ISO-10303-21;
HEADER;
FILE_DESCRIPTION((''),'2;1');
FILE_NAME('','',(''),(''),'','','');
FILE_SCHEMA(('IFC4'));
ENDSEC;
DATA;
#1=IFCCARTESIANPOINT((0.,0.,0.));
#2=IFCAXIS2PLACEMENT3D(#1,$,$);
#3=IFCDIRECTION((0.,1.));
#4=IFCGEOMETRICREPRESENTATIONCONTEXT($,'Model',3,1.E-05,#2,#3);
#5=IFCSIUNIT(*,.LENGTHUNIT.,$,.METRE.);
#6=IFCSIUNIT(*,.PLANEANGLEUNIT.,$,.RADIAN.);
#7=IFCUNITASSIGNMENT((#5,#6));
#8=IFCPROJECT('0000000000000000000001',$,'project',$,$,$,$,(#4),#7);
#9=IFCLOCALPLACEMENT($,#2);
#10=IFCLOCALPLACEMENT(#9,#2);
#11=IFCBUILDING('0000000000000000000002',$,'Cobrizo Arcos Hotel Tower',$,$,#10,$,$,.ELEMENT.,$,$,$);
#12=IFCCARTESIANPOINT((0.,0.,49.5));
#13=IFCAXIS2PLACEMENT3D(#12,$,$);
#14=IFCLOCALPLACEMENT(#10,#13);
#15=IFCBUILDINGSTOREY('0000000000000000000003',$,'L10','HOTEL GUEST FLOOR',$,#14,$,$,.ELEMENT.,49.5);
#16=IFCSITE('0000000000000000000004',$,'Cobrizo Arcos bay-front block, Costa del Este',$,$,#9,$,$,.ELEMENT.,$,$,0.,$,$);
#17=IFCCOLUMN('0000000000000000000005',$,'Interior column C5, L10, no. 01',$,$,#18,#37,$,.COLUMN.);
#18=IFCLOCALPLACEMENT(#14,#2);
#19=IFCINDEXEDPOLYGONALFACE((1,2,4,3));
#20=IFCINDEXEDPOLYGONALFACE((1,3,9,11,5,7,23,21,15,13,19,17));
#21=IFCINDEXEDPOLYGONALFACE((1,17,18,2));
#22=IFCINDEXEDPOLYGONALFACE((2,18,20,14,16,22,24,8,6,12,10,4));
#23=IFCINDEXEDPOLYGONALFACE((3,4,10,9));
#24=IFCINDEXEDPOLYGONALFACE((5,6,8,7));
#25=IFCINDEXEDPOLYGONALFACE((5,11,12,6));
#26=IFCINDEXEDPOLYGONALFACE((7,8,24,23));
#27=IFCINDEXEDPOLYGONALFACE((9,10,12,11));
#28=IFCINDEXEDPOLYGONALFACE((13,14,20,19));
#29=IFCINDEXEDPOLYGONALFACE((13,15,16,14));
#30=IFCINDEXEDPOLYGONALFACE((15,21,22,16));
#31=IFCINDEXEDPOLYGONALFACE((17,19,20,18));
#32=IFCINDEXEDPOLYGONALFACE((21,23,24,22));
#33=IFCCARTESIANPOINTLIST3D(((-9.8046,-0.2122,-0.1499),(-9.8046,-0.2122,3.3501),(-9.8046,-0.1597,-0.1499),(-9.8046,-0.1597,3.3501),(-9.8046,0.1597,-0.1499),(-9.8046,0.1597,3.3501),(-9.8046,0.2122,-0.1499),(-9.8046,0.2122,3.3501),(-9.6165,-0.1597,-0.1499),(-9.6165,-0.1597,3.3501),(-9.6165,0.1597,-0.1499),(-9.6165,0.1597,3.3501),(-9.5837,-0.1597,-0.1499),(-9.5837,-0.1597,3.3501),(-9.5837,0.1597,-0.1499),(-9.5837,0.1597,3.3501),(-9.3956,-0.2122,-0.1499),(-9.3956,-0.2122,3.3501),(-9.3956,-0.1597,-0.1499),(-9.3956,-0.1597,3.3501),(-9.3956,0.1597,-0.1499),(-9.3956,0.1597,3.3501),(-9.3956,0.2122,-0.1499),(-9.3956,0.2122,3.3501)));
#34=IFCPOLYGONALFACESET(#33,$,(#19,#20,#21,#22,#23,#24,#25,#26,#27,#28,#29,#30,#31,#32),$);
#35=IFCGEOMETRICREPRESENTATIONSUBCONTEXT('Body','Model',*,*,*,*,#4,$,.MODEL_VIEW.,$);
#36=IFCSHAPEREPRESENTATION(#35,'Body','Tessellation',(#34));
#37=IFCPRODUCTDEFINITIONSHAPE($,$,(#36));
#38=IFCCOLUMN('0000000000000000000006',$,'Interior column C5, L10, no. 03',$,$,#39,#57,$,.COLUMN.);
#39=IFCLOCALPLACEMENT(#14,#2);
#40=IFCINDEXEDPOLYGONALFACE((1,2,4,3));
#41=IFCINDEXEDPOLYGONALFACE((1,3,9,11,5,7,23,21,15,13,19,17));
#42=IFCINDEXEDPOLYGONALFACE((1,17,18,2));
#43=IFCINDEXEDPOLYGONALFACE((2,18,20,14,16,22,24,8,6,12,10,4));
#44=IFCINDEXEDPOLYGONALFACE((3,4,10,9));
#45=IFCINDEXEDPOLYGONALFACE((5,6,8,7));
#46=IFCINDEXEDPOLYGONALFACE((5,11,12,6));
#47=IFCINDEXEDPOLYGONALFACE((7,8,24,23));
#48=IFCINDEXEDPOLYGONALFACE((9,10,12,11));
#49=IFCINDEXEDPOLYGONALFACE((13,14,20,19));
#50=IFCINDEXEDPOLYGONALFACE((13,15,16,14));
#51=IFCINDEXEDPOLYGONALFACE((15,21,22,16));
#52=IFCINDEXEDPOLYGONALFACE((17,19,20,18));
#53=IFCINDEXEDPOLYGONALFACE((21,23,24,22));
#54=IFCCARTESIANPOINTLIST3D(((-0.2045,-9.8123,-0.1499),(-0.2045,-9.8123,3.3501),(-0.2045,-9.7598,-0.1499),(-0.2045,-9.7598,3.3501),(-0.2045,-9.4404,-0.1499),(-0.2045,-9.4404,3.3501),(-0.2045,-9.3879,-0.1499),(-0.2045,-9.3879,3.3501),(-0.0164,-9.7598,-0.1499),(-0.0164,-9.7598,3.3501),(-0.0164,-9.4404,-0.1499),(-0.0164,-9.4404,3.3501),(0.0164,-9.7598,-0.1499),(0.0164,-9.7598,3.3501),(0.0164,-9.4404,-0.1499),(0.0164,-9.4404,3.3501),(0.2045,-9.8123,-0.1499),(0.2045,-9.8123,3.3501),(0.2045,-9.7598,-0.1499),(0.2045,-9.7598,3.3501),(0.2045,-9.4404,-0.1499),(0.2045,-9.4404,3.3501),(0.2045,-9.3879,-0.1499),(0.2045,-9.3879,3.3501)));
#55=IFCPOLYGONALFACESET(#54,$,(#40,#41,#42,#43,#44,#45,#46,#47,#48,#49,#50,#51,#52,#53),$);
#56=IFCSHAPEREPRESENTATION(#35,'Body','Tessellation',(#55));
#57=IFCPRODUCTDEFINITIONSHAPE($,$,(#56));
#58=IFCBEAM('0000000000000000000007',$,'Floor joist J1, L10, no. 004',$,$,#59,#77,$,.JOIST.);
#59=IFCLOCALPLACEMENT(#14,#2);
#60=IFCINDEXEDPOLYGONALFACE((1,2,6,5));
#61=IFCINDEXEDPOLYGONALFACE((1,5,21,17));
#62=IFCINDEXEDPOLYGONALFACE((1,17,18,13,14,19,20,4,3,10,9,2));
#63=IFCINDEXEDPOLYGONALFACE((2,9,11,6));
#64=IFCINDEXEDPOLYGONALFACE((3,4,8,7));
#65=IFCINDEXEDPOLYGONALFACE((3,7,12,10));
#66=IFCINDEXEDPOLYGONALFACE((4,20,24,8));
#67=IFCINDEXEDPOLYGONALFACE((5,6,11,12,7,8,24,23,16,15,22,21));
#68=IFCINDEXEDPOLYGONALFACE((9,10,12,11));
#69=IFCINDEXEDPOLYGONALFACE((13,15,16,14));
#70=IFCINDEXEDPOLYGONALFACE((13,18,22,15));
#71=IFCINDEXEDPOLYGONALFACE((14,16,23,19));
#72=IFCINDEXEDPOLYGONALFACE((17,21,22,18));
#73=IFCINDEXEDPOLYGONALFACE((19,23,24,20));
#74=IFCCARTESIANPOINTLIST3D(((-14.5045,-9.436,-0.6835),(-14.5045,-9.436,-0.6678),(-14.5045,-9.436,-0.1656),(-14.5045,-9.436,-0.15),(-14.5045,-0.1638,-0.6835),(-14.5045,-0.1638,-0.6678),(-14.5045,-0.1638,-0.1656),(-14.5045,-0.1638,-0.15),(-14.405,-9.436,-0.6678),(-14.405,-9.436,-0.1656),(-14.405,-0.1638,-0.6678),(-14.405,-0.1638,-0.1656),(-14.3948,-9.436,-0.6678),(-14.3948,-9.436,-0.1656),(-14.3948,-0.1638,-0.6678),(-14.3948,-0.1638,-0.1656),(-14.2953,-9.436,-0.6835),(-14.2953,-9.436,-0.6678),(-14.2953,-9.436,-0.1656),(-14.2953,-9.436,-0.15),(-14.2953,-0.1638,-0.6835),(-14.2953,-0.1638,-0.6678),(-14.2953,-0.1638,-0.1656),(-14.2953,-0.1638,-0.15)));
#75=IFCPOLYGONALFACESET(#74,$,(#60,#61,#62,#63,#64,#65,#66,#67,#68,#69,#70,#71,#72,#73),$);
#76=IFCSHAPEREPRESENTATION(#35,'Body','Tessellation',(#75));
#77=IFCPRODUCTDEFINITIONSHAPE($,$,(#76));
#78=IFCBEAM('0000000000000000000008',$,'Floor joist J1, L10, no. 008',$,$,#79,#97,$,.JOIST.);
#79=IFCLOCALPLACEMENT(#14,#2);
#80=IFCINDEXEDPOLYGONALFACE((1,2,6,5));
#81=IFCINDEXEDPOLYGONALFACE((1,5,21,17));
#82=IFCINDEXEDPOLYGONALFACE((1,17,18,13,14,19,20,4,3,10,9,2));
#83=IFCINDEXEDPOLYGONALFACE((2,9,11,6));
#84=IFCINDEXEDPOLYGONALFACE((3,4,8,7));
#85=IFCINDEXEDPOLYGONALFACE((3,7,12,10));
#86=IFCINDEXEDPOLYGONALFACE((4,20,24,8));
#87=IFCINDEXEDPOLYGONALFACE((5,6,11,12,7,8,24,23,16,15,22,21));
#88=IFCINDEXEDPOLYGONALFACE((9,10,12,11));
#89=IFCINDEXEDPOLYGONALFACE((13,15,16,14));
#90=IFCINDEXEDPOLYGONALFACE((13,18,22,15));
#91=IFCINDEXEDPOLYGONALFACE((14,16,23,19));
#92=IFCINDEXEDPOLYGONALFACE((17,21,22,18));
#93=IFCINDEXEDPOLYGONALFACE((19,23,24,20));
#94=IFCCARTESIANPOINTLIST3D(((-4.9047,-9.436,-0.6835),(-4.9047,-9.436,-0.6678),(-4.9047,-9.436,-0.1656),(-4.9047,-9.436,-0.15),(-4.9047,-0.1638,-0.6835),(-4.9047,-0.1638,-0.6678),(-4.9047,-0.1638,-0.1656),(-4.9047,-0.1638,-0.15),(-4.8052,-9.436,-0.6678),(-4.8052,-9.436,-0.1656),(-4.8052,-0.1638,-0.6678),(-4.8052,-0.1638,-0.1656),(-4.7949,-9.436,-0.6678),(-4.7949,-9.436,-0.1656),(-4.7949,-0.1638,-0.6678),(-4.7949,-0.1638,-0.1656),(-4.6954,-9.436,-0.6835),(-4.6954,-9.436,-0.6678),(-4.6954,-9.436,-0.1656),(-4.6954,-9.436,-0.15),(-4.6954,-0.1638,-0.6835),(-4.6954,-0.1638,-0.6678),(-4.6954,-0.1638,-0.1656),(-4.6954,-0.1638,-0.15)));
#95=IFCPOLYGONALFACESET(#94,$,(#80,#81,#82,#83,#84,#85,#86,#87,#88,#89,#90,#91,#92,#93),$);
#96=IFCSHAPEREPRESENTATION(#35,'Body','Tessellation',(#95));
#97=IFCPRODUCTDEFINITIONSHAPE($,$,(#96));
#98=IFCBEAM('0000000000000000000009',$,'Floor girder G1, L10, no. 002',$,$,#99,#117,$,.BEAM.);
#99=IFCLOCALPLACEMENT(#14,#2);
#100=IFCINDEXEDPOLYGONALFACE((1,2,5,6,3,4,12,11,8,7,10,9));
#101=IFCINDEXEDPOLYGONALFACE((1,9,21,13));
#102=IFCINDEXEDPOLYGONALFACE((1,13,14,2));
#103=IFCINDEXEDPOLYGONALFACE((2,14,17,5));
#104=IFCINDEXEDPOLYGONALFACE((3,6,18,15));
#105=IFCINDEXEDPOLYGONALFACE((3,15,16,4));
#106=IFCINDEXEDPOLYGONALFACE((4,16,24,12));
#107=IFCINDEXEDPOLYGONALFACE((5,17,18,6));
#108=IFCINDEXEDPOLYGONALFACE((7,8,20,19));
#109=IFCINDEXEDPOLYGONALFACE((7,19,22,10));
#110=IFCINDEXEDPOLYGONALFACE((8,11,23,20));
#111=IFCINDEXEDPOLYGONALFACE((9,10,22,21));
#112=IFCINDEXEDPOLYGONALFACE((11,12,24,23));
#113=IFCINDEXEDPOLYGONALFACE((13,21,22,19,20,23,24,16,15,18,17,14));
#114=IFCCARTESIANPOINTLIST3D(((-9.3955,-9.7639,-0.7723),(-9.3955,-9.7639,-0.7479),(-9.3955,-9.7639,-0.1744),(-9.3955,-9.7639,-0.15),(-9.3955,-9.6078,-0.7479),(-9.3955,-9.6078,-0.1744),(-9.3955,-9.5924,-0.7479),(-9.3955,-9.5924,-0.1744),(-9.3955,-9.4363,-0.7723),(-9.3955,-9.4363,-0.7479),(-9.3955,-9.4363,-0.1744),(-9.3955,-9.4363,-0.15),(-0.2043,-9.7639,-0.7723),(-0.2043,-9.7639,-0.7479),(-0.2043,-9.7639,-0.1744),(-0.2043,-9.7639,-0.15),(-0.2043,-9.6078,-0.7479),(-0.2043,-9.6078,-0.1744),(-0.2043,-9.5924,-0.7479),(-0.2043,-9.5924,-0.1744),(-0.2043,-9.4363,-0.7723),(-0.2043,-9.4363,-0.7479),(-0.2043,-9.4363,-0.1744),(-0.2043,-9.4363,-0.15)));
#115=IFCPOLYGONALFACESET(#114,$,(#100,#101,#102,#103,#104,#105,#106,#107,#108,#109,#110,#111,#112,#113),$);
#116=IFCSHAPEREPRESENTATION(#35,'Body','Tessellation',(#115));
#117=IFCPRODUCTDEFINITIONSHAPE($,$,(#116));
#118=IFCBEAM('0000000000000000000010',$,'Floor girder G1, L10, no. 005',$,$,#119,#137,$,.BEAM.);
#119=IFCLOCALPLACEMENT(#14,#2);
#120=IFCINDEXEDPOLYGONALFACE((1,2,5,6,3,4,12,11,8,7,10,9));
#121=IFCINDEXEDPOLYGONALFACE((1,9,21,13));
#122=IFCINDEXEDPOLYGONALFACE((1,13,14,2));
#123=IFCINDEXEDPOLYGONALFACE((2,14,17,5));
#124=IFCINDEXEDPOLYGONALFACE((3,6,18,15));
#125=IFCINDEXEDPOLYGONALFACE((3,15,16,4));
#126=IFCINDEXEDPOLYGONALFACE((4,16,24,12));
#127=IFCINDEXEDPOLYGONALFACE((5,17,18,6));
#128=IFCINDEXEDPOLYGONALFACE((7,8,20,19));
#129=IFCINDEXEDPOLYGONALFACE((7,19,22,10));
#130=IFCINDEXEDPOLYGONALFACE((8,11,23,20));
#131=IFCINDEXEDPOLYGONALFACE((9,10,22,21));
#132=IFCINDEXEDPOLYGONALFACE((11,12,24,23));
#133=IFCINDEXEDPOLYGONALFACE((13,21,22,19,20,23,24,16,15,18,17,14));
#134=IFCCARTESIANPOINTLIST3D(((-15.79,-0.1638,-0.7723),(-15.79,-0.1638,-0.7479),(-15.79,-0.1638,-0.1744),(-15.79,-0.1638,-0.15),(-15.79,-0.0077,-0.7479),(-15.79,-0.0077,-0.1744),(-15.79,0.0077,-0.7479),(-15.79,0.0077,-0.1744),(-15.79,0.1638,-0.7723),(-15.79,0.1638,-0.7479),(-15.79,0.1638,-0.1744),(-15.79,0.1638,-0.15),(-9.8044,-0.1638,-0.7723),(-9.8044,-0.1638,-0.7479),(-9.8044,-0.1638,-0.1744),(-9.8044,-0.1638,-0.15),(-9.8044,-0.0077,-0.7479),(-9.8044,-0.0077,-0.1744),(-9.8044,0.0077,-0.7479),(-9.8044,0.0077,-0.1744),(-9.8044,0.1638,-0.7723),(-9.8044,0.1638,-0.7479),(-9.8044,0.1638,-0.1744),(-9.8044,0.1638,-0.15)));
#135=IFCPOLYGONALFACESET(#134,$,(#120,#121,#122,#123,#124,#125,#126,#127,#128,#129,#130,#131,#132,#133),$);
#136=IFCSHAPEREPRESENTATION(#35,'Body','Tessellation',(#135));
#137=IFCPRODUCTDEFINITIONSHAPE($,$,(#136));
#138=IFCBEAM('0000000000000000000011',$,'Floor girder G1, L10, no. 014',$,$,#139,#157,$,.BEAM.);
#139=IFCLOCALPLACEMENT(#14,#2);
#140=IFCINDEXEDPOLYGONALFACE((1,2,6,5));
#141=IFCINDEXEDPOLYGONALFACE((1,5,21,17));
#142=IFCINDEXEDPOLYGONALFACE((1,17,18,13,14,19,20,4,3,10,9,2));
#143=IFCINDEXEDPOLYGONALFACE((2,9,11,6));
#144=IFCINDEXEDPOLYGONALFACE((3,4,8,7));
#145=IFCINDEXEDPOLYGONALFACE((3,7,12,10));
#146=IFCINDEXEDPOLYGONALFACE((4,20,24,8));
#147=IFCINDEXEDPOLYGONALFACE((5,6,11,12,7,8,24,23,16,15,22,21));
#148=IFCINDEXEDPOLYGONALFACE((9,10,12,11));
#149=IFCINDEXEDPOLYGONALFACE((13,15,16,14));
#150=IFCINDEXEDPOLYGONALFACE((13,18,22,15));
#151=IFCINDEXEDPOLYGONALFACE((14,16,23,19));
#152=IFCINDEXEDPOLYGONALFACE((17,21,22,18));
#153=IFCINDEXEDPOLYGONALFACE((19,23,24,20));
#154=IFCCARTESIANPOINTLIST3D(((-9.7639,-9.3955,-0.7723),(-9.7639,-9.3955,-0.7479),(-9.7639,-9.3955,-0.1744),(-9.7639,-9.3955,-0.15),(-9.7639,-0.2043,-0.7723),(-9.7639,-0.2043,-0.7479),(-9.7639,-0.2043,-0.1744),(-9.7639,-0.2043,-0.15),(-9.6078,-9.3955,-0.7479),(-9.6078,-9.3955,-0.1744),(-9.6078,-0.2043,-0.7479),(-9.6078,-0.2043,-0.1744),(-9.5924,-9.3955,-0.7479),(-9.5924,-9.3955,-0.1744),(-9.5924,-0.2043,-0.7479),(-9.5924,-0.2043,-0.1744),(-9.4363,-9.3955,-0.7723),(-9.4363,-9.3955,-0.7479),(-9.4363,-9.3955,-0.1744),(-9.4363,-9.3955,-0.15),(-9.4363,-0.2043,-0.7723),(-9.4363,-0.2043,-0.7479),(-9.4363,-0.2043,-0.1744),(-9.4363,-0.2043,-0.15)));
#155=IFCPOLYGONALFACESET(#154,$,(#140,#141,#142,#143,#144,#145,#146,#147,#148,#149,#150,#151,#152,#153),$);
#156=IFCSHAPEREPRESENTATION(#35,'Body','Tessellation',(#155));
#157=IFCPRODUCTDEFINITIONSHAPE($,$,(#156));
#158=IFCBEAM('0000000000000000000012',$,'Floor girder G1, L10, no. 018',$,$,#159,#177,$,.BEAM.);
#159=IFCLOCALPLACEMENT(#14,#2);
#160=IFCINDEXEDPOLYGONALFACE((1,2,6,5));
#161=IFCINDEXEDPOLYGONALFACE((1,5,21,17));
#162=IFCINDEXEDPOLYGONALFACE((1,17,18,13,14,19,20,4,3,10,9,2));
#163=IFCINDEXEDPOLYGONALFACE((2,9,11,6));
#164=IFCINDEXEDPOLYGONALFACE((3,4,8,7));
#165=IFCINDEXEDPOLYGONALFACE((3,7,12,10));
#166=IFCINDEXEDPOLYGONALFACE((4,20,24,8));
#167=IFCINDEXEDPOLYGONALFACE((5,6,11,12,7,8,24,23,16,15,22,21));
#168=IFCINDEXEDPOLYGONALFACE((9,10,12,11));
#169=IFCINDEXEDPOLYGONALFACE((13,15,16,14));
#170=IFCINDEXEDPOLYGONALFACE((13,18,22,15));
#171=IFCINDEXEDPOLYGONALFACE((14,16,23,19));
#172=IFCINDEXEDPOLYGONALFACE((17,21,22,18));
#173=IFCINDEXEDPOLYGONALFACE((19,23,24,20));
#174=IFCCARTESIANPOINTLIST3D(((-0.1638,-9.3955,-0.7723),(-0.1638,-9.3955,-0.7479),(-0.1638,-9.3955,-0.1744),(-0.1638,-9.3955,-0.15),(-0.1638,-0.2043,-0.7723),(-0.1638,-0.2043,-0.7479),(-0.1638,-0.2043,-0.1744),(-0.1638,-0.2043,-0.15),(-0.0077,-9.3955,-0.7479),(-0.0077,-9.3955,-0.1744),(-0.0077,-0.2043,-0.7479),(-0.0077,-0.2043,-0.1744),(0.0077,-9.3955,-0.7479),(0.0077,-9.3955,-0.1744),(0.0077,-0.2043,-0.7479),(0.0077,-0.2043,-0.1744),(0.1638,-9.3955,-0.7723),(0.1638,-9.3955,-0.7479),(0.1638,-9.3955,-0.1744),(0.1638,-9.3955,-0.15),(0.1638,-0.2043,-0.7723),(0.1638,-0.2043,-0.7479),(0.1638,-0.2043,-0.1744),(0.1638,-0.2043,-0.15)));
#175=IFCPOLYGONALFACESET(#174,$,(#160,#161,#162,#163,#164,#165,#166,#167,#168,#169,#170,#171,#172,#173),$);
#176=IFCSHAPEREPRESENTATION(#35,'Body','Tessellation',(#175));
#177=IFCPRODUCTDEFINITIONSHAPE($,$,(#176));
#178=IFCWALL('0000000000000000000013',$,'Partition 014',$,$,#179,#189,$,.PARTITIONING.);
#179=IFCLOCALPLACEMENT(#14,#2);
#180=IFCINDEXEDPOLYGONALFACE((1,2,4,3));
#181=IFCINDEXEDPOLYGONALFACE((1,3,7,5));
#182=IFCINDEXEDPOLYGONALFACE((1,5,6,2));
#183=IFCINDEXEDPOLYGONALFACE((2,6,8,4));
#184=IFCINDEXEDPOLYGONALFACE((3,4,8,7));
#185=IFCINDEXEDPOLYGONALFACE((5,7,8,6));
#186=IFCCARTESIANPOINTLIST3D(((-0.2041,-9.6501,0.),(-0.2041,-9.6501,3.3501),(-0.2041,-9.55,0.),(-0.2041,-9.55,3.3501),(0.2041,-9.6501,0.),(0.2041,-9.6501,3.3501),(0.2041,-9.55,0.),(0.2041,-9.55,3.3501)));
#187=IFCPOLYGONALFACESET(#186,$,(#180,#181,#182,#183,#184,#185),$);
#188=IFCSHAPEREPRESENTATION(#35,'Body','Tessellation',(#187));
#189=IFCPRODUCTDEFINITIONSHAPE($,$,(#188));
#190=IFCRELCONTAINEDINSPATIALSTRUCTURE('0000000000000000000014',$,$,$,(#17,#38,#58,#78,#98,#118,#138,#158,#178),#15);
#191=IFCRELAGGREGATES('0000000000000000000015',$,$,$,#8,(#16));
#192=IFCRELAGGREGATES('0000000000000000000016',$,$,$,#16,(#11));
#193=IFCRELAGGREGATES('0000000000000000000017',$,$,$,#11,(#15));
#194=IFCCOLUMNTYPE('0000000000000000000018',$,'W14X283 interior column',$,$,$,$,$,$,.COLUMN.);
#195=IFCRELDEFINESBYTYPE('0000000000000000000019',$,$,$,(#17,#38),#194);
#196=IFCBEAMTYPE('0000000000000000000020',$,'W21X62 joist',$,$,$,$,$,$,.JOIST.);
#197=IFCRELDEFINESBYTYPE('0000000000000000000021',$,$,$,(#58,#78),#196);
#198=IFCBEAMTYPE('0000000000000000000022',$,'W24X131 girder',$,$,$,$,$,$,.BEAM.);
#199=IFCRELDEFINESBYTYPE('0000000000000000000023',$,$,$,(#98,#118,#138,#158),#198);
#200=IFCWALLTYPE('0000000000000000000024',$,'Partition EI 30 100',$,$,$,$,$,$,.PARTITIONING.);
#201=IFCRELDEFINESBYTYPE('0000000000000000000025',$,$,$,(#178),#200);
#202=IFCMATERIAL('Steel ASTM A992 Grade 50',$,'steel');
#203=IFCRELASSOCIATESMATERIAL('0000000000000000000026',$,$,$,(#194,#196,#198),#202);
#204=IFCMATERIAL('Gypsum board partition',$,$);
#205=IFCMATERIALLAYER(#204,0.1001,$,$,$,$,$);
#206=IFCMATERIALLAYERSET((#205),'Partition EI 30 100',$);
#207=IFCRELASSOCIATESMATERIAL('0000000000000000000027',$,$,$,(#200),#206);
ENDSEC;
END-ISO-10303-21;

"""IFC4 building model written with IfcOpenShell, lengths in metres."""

from ifc_helpers import new_model, si_unit, direction, frame, frame_2d, origin, origin_2d, place, context, subcontext, project, spatial, rectangle, i_section, extrude, material, layer, layer_set, material_profile, profile_set, type_object, element, save


model = new_model("IFC4")

# Units and contexts
model_context = context("Model", 3, precision=1e-05, world=origin(), true_north=direction((0.0, 1.0)))
body_context = subcontext(model_context, "Body", "Model", "MODEL_VIEW")
ifc_project = project(units=[si_unit("LENGTHUNIT", "METRE"), si_unit("PLANEANGLEUNIT", "RADIAN")], contexts=[model_context])

# Site, building, storey
site_placement = place(None, origin())
site = spatial("IfcSite", under=ifc_project, at=site_placement, Name="Cobrizo Arcos bay-front block, Costa del Este", CompositionType="ELEMENT", RefElevation=0.0)
building_placement = place(site_placement, origin())
building = spatial("IfcBuilding", under=site, at=building_placement, Name="Cobrizo Arcos Hotel Tower", CompositionType="ELEMENT")
storey_placement = place(building_placement, frame((0.0, 0.0, 49.5)))
storey = spatial("IfcBuildingStorey", under=building, at=storey_placement, Name="L10", Description="HOTEL GUEST FLOOR", CompositionType="ELEMENT", Elevation=49.5)

# Columns
ifc_material_1 = material(Name="Steel ASTM A992 Grade 50", Category="steel")
ifc_material_profile_1 = material_profile(ifc_material_1, i_section(OverallWidth=0.4089, OverallDepth=0.4243, WebThickness=0.0327, FlangeThickness=0.0525, at=origin_2d()), Name="W14X283")
ifc_profile_set_1 = profile_set([ifc_material_profile_1], Name="Steel ASTM A992 Grade 50")
column_type = type_object("IfcColumnType", Name="W14X283 interior column", PredefinedType="COLUMN", material=ifc_profile_set_1)
for number, where, z_axis, x_axis, name in (
    (1, (-9.6001, 0.0, -0.1499), (0.0, 0.0, 1.0), (1.0, 0.0, 0.0), "Interior column C5, L10, no. 01"),
    (2, (0.0, -9.6001, -0.1499), (0.0, 0.0, 1.0), (1.0, 0.0, 0.0), "Interior column C5, L10, no. 03"),
):
    element("IfcColumn", number, at=place(storey_placement, frame(where, z_axis=z_axis, x_axis=x_axis)), inside=storey, type_object=column_type, Name=name, PredefinedType="COLUMN", context=body_context, shape_type="SweptSolid", body=[
        extrude(i_section(OverallWidth=0.4089, OverallDepth=0.4243, WebThickness=0.0327, FlangeThickness=0.0525, at=origin_2d()), origin(), (0.0, 0.0, 1.0), 3.5),
    ])

# Beams
ifc_material_profile_2 = material_profile(ifc_material_1, i_section(OverallWidth=0.2092, OverallDepth=0.5334, WebThickness=0.0103, FlangeThickness=0.0156, at=origin_2d()), Name="W21X62")
ifc_profile_set_2 = profile_set([ifc_material_profile_2], Name="Steel ASTM A992 Grade 50")
beam_type_1 = type_object("IfcBeamType", Name="W21X62 joist", PredefinedType="JOIST", material=ifc_profile_set_2)
for number, where, z_axis, x_axis, name in (
    (3, (-14.3999, -9.436, -0.4167), (0.0, 1.0, 0.0), (-1.0, 0.0, 0.0), "Floor joist J1, L10, no. 004"),
    (4, (-4.8, -9.436, -0.4167), (0.0, 1.0, 0.0), (-1.0, 0.0, 0.0), "Floor joist J1, L10, no. 008"),
):
    element("IfcBeam", number, at=place(storey_placement, frame(where, z_axis=z_axis, x_axis=x_axis)), inside=storey, type_object=beam_type_1, Name=name, PredefinedType="JOIST", context=body_context, shape_type="SweptSolid", body=[
        extrude(i_section(OverallWidth=0.2092, OverallDepth=0.5334, WebThickness=0.0103, FlangeThickness=0.0156, at=origin_2d()), origin(), (0.0, 0.0, 1.0), 9.2722),
    ])
ifc_material_profile_3 = material_profile(ifc_material_1, i_section(OverallWidth=0.3276, OverallDepth=0.6223, WebThickness=0.0154, FlangeThickness=0.0244, at=origin_2d()), Name="W24X131")
ifc_profile_set_3 = profile_set([ifc_material_profile_3], Name="Steel ASTM A992 Grade 50")
beam_type_2 = type_object("IfcBeamType", Name="W24X131 girder", PredefinedType="BEAM", material=ifc_profile_set_3)
beam_1_placement = place(storey_placement, frame((-9.3955, -9.6001, -0.4612), z_axis=(1.0, 0.0, 0.0), x_axis=(0.0, 1.0, 0.0)))
element("IfcBeam", 5, at=beam_1_placement, inside=storey, type_object=beam_type_2, Name="Floor girder G1, L10, no. 002", PredefinedType="BEAM", context=body_context, shape_type="SweptSolid", body=[
    extrude(i_section(OverallWidth=0.3276, OverallDepth=0.6223, WebThickness=0.0154, FlangeThickness=0.0244, at=origin_2d()), origin(), (0.0, 0.0, 1.0), 9.1912),
])
beam_2_placement = place(storey_placement, frame((-15.79, 0.0, -0.4612), z_axis=(1.0, 0.0, 0.0), x_axis=(0.0, 1.0, 0.0)))
element("IfcBeam", 6, at=beam_2_placement, inside=storey, type_object=beam_type_2, Name="Floor girder G1, L10, no. 005", PredefinedType="BEAM", context=body_context, shape_type="SweptSolid", body=[
    extrude(i_section(OverallWidth=0.3276, OverallDepth=0.6223, WebThickness=0.0154, FlangeThickness=0.0244, at=origin_2d()), origin(), (0.0, 0.0, 1.0), 5.9856),
])
for number, where, z_axis, x_axis, name in (
    (7, (-9.6001, -9.3955, -0.4612), (0.0, 1.0, 0.0), (-1.0, 0.0, 0.0), "Floor girder G1, L10, no. 014"),
    (8, (0.0, -9.3955, -0.4612), (0.0, 1.0, 0.0), (-1.0, 0.0, 0.0), "Floor girder G1, L10, no. 018"),
):
    element("IfcBeam", number, at=place(storey_placement, frame(where, z_axis=z_axis, x_axis=x_axis)), inside=storey, type_object=beam_type_2, Name=name, PredefinedType="BEAM", context=body_context, shape_type="SweptSolid", body=[
        extrude(i_section(OverallWidth=0.3276, OverallDepth=0.6223, WebThickness=0.0154, FlangeThickness=0.0244, at=origin_2d()), origin(), (0.0, 0.0, 1.0), 9.1912),
    ])

# Wall
ifc_material_2 = material(Name="Gypsum board partition")
ifc_layer_1 = layer(ifc_material_2, 0.1001)
ifc_layer_set_1 = layer_set([ifc_layer_1], Name="Partition EI 30 100")
wall_type_1 = type_object("IfcWallType", Name="Partition EI 30 100", PredefinedType="PARTITIONING", material=ifc_layer_set_1)
wall_1_placement = place(storey_placement, frame((-0.2041, -9.6001, 0.0), z_axis=(0.0, 0.0, 1.0), x_axis=(1.0, 0.0, 0.0)))
element("IfcWall", 9, at=wall_1_placement, inside=storey, type_object=wall_type_1, Name="Partition 014", PredefinedType="PARTITIONING", context=body_context, shape_type="SweptSolid", body=[
    extrude(rectangle(XDim=0.4082, YDim=0.1001, at=frame_2d((0.2041, 0.0))), origin(), (0.0, 0.0, 1.0), 3.3501),
])

save(model, "model.ifc")
